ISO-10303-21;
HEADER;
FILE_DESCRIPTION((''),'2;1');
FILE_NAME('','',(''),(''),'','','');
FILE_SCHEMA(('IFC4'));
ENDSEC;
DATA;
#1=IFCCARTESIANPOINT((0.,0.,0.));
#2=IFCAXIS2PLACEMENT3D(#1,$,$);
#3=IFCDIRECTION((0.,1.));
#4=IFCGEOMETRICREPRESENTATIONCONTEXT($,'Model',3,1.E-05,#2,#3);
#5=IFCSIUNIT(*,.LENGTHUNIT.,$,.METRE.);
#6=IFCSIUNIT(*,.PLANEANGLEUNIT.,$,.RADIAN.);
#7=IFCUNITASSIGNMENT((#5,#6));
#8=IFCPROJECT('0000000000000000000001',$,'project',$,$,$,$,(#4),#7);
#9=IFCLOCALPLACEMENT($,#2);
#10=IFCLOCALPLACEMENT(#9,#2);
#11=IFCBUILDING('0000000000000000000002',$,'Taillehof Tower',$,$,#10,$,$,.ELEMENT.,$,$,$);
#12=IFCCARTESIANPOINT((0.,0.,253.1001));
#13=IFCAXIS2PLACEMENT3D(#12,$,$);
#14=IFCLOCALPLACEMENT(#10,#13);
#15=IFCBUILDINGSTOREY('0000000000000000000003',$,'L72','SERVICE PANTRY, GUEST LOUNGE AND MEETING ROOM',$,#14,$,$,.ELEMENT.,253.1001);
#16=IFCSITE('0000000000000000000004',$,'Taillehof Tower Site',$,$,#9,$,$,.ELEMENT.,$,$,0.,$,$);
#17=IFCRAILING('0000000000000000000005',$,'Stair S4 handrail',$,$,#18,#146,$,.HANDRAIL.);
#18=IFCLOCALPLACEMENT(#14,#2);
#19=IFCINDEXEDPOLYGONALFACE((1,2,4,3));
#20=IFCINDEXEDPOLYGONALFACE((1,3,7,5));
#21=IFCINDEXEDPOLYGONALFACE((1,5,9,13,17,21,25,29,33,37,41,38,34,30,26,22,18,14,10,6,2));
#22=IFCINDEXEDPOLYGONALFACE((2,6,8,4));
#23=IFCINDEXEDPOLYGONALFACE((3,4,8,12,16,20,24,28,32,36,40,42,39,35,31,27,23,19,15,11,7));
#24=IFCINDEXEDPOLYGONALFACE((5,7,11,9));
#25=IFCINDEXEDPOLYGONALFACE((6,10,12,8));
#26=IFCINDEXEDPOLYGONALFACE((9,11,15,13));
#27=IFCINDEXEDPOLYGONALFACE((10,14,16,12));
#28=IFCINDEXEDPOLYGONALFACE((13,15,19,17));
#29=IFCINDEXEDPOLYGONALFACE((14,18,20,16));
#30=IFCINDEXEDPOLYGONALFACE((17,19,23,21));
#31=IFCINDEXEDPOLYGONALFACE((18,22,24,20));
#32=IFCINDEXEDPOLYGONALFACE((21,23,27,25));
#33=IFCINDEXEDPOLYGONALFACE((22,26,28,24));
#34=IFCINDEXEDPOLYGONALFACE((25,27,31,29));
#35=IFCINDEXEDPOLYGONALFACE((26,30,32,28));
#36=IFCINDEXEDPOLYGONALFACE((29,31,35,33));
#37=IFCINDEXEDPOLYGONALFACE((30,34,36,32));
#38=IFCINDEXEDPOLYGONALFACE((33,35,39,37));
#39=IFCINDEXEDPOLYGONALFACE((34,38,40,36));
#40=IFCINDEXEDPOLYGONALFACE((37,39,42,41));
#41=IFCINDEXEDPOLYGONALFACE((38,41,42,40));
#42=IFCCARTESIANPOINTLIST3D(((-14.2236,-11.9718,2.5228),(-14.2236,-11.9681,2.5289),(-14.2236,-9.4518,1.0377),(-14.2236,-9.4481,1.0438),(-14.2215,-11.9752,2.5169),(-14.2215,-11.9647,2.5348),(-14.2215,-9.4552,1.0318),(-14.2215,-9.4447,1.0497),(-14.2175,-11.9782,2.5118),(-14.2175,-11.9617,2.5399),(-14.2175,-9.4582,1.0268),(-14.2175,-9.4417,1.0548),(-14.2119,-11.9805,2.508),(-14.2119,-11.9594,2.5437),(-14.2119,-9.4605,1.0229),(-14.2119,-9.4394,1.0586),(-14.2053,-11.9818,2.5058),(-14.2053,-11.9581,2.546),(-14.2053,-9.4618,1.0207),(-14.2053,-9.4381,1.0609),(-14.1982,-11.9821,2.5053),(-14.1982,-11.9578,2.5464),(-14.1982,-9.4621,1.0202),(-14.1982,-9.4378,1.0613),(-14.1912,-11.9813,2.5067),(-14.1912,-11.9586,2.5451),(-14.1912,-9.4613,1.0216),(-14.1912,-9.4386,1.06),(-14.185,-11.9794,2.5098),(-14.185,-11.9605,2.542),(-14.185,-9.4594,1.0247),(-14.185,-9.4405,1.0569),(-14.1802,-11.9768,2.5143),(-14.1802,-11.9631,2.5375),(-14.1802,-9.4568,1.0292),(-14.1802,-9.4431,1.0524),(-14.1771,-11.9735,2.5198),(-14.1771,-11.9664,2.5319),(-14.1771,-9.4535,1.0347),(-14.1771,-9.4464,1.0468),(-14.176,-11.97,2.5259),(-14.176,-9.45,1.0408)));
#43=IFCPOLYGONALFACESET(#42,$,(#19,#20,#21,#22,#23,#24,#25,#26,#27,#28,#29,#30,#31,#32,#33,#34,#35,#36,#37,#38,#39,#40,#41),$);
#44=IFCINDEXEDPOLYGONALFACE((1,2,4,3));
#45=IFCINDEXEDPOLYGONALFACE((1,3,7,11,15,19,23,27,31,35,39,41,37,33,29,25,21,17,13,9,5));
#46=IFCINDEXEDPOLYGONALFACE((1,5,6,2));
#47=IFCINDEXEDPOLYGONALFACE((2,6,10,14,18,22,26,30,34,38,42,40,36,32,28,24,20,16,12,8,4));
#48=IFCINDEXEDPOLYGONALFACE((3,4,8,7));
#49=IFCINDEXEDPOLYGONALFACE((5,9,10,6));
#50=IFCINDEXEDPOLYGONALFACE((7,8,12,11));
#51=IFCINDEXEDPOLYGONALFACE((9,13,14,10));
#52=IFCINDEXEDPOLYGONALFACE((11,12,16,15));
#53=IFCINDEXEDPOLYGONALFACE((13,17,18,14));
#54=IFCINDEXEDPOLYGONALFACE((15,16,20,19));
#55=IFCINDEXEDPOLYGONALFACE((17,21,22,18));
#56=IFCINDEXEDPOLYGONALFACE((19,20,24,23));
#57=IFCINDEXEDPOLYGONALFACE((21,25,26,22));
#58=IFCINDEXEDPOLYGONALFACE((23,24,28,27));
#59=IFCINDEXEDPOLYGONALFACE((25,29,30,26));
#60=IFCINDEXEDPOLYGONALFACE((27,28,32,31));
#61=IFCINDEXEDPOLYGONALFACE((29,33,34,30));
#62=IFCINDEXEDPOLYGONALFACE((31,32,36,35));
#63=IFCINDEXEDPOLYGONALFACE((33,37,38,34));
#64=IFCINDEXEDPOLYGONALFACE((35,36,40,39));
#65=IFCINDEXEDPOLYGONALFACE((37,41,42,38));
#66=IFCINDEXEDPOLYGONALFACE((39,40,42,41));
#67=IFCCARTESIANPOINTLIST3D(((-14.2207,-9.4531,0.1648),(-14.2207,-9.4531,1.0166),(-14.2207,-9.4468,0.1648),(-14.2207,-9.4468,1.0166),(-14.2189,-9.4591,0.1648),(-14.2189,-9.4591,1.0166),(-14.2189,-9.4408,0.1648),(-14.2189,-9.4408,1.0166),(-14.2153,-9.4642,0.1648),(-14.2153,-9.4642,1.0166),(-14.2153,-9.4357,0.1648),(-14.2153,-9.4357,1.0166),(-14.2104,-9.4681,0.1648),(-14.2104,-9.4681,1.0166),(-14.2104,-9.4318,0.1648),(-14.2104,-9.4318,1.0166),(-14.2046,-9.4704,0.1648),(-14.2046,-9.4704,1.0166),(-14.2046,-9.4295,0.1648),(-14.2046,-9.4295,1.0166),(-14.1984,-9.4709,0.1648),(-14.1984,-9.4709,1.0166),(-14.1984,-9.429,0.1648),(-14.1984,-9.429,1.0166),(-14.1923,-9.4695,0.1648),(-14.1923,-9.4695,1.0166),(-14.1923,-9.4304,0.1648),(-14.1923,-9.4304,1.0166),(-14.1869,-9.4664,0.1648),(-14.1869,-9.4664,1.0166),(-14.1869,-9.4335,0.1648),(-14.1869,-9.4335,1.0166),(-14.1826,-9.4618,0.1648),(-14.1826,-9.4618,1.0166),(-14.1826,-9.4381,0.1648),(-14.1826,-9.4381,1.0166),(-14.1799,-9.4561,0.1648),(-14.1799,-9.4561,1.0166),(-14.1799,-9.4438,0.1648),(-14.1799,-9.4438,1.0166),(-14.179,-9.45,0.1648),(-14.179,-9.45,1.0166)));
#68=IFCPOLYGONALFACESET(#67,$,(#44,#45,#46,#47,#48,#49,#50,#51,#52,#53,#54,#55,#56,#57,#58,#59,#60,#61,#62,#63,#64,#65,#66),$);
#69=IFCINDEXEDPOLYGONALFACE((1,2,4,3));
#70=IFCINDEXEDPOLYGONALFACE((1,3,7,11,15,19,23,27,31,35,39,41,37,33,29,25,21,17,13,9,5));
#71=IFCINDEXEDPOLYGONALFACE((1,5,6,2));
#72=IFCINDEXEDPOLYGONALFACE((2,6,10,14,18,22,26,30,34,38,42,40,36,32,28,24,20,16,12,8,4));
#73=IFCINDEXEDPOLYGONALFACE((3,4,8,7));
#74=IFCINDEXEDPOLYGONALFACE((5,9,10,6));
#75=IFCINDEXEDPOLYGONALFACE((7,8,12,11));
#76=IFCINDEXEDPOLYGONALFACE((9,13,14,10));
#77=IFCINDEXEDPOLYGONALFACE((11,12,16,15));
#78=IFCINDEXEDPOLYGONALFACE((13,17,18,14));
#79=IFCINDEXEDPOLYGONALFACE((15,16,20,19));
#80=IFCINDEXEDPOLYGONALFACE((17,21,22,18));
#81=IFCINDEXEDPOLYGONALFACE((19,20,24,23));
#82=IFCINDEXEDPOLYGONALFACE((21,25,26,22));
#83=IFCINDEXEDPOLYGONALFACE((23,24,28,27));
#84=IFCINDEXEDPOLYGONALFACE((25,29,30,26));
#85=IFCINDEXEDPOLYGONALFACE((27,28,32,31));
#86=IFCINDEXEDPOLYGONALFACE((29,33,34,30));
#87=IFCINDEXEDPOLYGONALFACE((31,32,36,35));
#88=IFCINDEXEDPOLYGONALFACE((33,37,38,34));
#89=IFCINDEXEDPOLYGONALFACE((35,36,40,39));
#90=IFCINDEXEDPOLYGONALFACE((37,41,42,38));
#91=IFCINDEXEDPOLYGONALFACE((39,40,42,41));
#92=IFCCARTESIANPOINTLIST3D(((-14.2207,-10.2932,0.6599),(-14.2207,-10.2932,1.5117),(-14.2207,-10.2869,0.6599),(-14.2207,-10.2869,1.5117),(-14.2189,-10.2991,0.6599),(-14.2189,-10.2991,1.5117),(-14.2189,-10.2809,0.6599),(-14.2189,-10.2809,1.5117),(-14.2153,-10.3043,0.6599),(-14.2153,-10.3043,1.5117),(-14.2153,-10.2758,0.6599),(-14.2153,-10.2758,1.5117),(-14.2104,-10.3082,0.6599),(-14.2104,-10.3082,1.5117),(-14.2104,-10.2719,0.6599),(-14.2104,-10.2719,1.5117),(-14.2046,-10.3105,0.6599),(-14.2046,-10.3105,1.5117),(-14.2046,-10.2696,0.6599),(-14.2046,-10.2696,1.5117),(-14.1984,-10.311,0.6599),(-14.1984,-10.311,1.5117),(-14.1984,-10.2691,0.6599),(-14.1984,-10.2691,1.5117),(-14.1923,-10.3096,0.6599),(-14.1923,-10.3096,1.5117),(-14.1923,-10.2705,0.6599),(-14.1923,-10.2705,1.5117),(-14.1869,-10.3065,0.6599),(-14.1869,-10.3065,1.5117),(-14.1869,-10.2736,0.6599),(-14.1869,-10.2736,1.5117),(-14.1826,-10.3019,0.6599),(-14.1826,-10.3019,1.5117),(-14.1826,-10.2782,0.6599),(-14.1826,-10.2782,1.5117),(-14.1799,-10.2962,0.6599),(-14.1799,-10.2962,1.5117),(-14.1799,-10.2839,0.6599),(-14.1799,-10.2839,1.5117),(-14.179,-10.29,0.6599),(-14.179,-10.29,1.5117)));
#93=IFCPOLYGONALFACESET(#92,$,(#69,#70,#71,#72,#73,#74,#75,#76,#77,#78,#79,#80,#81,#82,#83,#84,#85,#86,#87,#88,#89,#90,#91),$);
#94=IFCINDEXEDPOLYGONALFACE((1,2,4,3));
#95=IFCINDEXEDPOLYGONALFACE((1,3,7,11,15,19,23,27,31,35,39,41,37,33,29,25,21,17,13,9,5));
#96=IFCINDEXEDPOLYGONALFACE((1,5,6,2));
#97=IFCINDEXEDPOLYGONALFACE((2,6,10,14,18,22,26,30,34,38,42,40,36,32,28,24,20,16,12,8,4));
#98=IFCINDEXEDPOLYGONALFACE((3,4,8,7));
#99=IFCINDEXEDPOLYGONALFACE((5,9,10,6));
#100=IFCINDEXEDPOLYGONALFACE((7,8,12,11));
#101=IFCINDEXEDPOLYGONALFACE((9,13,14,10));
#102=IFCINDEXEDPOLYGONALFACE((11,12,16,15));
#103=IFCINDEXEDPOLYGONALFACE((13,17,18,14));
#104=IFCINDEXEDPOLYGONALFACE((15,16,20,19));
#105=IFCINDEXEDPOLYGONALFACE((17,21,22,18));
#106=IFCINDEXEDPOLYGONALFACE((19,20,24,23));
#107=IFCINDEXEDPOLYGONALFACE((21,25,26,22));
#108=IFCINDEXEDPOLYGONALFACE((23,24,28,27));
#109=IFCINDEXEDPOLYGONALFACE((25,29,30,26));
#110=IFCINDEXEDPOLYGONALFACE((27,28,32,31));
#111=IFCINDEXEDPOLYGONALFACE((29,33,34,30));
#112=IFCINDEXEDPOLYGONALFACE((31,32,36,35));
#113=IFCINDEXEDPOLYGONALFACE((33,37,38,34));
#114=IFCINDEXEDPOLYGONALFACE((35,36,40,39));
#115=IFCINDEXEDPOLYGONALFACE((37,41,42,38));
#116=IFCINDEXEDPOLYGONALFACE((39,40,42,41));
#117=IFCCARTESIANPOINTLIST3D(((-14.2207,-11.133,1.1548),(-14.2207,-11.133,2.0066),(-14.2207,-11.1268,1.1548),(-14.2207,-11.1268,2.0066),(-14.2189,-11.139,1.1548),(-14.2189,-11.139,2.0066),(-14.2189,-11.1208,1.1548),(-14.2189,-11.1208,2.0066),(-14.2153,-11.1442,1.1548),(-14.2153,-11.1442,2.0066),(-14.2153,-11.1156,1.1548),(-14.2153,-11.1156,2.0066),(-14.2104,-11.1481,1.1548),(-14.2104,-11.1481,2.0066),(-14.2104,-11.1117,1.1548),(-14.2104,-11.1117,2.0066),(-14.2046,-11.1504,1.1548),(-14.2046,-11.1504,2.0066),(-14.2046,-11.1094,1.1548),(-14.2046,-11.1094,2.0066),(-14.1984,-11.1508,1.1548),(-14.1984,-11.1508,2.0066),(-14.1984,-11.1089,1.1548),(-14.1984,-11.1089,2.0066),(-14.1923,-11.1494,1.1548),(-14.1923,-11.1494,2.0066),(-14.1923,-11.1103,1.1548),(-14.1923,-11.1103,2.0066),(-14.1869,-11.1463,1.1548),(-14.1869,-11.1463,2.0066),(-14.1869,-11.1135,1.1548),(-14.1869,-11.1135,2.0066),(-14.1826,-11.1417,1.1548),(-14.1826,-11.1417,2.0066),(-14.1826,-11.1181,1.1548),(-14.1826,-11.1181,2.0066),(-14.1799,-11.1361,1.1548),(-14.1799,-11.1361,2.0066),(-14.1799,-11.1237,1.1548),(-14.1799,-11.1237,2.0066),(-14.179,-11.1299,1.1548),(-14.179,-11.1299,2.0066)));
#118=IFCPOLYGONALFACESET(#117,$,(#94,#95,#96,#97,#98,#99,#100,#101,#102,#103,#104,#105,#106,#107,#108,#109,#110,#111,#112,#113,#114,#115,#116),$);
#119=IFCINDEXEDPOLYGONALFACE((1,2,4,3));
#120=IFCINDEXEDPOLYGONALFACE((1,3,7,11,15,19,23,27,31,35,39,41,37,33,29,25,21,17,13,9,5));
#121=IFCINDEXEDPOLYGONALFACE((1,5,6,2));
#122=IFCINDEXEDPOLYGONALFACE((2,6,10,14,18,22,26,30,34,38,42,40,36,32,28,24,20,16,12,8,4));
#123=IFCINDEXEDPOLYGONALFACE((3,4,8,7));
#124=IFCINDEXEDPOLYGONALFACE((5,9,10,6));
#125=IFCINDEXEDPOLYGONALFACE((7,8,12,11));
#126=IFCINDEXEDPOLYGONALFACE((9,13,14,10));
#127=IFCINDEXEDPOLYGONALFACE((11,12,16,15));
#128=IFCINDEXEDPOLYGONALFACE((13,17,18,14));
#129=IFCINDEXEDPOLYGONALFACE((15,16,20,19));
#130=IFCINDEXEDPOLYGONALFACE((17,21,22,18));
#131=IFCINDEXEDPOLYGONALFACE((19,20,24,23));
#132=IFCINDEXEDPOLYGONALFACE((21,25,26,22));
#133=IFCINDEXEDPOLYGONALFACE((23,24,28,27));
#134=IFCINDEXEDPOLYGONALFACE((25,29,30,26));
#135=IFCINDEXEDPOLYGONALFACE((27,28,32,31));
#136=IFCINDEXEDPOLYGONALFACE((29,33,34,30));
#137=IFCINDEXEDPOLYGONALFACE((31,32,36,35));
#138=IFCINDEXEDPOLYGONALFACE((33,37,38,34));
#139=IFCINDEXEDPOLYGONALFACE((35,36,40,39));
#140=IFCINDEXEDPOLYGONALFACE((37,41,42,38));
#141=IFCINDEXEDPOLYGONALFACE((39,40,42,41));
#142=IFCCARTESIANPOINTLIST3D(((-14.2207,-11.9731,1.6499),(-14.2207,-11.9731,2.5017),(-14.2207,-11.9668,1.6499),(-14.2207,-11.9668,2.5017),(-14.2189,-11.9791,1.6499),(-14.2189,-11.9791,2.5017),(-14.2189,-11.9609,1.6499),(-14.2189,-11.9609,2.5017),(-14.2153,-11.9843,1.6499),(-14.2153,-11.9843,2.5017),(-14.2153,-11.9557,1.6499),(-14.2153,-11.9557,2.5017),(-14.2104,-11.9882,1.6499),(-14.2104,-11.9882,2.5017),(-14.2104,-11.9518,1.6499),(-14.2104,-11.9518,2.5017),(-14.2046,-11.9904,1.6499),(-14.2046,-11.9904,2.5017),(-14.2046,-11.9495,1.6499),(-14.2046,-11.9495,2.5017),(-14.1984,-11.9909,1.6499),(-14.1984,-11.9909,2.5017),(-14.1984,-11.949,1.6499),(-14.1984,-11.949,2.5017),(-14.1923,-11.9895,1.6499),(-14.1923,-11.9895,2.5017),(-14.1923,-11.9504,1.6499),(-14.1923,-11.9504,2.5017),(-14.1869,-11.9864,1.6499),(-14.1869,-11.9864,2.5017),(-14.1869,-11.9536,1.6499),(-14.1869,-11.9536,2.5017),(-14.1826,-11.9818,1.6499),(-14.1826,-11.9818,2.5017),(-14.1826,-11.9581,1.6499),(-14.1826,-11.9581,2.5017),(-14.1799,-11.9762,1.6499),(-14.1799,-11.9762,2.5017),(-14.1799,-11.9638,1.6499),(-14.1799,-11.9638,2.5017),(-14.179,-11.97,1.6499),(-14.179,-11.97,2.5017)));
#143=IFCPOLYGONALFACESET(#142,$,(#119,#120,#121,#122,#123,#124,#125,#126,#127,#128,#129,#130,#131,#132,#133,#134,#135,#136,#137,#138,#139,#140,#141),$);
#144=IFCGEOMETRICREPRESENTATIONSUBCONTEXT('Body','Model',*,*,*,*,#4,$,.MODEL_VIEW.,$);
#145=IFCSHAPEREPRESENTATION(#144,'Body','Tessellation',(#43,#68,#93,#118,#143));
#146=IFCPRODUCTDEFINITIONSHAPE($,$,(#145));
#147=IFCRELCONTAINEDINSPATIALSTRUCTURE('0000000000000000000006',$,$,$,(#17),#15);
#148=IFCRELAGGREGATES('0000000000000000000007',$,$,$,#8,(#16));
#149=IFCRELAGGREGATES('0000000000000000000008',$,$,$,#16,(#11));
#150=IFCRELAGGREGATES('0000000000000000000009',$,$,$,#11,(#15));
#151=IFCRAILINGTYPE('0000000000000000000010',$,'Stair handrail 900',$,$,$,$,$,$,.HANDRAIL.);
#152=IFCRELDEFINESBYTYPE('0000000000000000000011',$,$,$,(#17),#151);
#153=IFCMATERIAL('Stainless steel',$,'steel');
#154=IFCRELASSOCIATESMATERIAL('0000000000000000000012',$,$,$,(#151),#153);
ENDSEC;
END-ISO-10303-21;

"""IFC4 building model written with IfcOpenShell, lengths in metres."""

from ifc_helpers import new_model, si_unit, direction, frame, origin, origin_2d, place, context, subcontext, project, spatial, circle, extrude, material, type_object, element, save


model = new_model("IFC4")

# Units and contexts
model_context = context("Model", 3, precision=1e-05, world=origin(), true_north=direction((0.0, 1.0)))
body_context = subcontext(model_context, "Body", "Model", "MODEL_VIEW")
ifc_project = project(units=[si_unit("LENGTHUNIT", "METRE"), si_unit("PLANEANGLEUNIT", "RADIAN")], contexts=[model_context])

# Site, building, storey
site_placement = place(None, origin())
site = spatial("IfcSite", under=ifc_project, at=site_placement, Name="Taillehof Tower Site", CompositionType="ELEMENT", RefElevation=0.0)
building_placement = place(site_placement, origin())
building = spatial("IfcBuilding", under=site, at=building_placement, Name="Taillehof Tower", CompositionType="ELEMENT")
storey_placement = place(building_placement, frame((0.0, 0.0, 253.1001)))
storey = spatial("IfcBuildingStorey", under=building, at=storey_placement, Name="L72", Description="SERVICE PANTRY, GUEST LOUNGE AND MEETING ROOM", CompositionType="ELEMENT", Elevation=253.1001)

# Railing
ifc_material_1 = material(Name="Stainless steel", Category="steel")
railing_type_1 = type_object("IfcRailingType", Name="Stair handrail 900", PredefinedType="HANDRAIL", material=ifc_material_1)
railing_1_placement = place(storey_placement, frame((-14.2, -9.45, 0.1648)))
element("IfcRailing", 1, at=railing_1_placement, inside=storey, type_object=railing_type_1, Name="Stair S4 handrail", PredefinedType="HANDRAIL", context=body_context, shape_type="SweptSolid", body=[
    extrude(circle(Radius=0.0239, at=origin_2d()), frame((0.0, 0.0, 0.876), z_axis=(0.0, -0.861524, 0.507717), x_axis=(1.0, 0.0, 0.0)), (0.0, 0.0, 1.0), 2.925),
    extrude(circle(Radius=0.021, at=origin_2d()), origin(), (0.0, 0.0, 1.0), 0.8518),
    extrude(circle(Radius=0.021, at=origin_2d()), frame((0.0, -0.8401, 0.4951)), (0.0, 0.0, 1.0), 0.8518),
    extrude(circle(Radius=0.021, at=origin_2d()), frame((0.0, -1.6799, 0.99)), (0.0, 0.0, 1.0), 0.8518),
    extrude(circle(Radius=0.021, at=origin_2d()), frame((0.0, -2.52, 1.4851)), (0.0, 0.0, 1.0), 0.8518),
])

save(model, "model.ifc")
